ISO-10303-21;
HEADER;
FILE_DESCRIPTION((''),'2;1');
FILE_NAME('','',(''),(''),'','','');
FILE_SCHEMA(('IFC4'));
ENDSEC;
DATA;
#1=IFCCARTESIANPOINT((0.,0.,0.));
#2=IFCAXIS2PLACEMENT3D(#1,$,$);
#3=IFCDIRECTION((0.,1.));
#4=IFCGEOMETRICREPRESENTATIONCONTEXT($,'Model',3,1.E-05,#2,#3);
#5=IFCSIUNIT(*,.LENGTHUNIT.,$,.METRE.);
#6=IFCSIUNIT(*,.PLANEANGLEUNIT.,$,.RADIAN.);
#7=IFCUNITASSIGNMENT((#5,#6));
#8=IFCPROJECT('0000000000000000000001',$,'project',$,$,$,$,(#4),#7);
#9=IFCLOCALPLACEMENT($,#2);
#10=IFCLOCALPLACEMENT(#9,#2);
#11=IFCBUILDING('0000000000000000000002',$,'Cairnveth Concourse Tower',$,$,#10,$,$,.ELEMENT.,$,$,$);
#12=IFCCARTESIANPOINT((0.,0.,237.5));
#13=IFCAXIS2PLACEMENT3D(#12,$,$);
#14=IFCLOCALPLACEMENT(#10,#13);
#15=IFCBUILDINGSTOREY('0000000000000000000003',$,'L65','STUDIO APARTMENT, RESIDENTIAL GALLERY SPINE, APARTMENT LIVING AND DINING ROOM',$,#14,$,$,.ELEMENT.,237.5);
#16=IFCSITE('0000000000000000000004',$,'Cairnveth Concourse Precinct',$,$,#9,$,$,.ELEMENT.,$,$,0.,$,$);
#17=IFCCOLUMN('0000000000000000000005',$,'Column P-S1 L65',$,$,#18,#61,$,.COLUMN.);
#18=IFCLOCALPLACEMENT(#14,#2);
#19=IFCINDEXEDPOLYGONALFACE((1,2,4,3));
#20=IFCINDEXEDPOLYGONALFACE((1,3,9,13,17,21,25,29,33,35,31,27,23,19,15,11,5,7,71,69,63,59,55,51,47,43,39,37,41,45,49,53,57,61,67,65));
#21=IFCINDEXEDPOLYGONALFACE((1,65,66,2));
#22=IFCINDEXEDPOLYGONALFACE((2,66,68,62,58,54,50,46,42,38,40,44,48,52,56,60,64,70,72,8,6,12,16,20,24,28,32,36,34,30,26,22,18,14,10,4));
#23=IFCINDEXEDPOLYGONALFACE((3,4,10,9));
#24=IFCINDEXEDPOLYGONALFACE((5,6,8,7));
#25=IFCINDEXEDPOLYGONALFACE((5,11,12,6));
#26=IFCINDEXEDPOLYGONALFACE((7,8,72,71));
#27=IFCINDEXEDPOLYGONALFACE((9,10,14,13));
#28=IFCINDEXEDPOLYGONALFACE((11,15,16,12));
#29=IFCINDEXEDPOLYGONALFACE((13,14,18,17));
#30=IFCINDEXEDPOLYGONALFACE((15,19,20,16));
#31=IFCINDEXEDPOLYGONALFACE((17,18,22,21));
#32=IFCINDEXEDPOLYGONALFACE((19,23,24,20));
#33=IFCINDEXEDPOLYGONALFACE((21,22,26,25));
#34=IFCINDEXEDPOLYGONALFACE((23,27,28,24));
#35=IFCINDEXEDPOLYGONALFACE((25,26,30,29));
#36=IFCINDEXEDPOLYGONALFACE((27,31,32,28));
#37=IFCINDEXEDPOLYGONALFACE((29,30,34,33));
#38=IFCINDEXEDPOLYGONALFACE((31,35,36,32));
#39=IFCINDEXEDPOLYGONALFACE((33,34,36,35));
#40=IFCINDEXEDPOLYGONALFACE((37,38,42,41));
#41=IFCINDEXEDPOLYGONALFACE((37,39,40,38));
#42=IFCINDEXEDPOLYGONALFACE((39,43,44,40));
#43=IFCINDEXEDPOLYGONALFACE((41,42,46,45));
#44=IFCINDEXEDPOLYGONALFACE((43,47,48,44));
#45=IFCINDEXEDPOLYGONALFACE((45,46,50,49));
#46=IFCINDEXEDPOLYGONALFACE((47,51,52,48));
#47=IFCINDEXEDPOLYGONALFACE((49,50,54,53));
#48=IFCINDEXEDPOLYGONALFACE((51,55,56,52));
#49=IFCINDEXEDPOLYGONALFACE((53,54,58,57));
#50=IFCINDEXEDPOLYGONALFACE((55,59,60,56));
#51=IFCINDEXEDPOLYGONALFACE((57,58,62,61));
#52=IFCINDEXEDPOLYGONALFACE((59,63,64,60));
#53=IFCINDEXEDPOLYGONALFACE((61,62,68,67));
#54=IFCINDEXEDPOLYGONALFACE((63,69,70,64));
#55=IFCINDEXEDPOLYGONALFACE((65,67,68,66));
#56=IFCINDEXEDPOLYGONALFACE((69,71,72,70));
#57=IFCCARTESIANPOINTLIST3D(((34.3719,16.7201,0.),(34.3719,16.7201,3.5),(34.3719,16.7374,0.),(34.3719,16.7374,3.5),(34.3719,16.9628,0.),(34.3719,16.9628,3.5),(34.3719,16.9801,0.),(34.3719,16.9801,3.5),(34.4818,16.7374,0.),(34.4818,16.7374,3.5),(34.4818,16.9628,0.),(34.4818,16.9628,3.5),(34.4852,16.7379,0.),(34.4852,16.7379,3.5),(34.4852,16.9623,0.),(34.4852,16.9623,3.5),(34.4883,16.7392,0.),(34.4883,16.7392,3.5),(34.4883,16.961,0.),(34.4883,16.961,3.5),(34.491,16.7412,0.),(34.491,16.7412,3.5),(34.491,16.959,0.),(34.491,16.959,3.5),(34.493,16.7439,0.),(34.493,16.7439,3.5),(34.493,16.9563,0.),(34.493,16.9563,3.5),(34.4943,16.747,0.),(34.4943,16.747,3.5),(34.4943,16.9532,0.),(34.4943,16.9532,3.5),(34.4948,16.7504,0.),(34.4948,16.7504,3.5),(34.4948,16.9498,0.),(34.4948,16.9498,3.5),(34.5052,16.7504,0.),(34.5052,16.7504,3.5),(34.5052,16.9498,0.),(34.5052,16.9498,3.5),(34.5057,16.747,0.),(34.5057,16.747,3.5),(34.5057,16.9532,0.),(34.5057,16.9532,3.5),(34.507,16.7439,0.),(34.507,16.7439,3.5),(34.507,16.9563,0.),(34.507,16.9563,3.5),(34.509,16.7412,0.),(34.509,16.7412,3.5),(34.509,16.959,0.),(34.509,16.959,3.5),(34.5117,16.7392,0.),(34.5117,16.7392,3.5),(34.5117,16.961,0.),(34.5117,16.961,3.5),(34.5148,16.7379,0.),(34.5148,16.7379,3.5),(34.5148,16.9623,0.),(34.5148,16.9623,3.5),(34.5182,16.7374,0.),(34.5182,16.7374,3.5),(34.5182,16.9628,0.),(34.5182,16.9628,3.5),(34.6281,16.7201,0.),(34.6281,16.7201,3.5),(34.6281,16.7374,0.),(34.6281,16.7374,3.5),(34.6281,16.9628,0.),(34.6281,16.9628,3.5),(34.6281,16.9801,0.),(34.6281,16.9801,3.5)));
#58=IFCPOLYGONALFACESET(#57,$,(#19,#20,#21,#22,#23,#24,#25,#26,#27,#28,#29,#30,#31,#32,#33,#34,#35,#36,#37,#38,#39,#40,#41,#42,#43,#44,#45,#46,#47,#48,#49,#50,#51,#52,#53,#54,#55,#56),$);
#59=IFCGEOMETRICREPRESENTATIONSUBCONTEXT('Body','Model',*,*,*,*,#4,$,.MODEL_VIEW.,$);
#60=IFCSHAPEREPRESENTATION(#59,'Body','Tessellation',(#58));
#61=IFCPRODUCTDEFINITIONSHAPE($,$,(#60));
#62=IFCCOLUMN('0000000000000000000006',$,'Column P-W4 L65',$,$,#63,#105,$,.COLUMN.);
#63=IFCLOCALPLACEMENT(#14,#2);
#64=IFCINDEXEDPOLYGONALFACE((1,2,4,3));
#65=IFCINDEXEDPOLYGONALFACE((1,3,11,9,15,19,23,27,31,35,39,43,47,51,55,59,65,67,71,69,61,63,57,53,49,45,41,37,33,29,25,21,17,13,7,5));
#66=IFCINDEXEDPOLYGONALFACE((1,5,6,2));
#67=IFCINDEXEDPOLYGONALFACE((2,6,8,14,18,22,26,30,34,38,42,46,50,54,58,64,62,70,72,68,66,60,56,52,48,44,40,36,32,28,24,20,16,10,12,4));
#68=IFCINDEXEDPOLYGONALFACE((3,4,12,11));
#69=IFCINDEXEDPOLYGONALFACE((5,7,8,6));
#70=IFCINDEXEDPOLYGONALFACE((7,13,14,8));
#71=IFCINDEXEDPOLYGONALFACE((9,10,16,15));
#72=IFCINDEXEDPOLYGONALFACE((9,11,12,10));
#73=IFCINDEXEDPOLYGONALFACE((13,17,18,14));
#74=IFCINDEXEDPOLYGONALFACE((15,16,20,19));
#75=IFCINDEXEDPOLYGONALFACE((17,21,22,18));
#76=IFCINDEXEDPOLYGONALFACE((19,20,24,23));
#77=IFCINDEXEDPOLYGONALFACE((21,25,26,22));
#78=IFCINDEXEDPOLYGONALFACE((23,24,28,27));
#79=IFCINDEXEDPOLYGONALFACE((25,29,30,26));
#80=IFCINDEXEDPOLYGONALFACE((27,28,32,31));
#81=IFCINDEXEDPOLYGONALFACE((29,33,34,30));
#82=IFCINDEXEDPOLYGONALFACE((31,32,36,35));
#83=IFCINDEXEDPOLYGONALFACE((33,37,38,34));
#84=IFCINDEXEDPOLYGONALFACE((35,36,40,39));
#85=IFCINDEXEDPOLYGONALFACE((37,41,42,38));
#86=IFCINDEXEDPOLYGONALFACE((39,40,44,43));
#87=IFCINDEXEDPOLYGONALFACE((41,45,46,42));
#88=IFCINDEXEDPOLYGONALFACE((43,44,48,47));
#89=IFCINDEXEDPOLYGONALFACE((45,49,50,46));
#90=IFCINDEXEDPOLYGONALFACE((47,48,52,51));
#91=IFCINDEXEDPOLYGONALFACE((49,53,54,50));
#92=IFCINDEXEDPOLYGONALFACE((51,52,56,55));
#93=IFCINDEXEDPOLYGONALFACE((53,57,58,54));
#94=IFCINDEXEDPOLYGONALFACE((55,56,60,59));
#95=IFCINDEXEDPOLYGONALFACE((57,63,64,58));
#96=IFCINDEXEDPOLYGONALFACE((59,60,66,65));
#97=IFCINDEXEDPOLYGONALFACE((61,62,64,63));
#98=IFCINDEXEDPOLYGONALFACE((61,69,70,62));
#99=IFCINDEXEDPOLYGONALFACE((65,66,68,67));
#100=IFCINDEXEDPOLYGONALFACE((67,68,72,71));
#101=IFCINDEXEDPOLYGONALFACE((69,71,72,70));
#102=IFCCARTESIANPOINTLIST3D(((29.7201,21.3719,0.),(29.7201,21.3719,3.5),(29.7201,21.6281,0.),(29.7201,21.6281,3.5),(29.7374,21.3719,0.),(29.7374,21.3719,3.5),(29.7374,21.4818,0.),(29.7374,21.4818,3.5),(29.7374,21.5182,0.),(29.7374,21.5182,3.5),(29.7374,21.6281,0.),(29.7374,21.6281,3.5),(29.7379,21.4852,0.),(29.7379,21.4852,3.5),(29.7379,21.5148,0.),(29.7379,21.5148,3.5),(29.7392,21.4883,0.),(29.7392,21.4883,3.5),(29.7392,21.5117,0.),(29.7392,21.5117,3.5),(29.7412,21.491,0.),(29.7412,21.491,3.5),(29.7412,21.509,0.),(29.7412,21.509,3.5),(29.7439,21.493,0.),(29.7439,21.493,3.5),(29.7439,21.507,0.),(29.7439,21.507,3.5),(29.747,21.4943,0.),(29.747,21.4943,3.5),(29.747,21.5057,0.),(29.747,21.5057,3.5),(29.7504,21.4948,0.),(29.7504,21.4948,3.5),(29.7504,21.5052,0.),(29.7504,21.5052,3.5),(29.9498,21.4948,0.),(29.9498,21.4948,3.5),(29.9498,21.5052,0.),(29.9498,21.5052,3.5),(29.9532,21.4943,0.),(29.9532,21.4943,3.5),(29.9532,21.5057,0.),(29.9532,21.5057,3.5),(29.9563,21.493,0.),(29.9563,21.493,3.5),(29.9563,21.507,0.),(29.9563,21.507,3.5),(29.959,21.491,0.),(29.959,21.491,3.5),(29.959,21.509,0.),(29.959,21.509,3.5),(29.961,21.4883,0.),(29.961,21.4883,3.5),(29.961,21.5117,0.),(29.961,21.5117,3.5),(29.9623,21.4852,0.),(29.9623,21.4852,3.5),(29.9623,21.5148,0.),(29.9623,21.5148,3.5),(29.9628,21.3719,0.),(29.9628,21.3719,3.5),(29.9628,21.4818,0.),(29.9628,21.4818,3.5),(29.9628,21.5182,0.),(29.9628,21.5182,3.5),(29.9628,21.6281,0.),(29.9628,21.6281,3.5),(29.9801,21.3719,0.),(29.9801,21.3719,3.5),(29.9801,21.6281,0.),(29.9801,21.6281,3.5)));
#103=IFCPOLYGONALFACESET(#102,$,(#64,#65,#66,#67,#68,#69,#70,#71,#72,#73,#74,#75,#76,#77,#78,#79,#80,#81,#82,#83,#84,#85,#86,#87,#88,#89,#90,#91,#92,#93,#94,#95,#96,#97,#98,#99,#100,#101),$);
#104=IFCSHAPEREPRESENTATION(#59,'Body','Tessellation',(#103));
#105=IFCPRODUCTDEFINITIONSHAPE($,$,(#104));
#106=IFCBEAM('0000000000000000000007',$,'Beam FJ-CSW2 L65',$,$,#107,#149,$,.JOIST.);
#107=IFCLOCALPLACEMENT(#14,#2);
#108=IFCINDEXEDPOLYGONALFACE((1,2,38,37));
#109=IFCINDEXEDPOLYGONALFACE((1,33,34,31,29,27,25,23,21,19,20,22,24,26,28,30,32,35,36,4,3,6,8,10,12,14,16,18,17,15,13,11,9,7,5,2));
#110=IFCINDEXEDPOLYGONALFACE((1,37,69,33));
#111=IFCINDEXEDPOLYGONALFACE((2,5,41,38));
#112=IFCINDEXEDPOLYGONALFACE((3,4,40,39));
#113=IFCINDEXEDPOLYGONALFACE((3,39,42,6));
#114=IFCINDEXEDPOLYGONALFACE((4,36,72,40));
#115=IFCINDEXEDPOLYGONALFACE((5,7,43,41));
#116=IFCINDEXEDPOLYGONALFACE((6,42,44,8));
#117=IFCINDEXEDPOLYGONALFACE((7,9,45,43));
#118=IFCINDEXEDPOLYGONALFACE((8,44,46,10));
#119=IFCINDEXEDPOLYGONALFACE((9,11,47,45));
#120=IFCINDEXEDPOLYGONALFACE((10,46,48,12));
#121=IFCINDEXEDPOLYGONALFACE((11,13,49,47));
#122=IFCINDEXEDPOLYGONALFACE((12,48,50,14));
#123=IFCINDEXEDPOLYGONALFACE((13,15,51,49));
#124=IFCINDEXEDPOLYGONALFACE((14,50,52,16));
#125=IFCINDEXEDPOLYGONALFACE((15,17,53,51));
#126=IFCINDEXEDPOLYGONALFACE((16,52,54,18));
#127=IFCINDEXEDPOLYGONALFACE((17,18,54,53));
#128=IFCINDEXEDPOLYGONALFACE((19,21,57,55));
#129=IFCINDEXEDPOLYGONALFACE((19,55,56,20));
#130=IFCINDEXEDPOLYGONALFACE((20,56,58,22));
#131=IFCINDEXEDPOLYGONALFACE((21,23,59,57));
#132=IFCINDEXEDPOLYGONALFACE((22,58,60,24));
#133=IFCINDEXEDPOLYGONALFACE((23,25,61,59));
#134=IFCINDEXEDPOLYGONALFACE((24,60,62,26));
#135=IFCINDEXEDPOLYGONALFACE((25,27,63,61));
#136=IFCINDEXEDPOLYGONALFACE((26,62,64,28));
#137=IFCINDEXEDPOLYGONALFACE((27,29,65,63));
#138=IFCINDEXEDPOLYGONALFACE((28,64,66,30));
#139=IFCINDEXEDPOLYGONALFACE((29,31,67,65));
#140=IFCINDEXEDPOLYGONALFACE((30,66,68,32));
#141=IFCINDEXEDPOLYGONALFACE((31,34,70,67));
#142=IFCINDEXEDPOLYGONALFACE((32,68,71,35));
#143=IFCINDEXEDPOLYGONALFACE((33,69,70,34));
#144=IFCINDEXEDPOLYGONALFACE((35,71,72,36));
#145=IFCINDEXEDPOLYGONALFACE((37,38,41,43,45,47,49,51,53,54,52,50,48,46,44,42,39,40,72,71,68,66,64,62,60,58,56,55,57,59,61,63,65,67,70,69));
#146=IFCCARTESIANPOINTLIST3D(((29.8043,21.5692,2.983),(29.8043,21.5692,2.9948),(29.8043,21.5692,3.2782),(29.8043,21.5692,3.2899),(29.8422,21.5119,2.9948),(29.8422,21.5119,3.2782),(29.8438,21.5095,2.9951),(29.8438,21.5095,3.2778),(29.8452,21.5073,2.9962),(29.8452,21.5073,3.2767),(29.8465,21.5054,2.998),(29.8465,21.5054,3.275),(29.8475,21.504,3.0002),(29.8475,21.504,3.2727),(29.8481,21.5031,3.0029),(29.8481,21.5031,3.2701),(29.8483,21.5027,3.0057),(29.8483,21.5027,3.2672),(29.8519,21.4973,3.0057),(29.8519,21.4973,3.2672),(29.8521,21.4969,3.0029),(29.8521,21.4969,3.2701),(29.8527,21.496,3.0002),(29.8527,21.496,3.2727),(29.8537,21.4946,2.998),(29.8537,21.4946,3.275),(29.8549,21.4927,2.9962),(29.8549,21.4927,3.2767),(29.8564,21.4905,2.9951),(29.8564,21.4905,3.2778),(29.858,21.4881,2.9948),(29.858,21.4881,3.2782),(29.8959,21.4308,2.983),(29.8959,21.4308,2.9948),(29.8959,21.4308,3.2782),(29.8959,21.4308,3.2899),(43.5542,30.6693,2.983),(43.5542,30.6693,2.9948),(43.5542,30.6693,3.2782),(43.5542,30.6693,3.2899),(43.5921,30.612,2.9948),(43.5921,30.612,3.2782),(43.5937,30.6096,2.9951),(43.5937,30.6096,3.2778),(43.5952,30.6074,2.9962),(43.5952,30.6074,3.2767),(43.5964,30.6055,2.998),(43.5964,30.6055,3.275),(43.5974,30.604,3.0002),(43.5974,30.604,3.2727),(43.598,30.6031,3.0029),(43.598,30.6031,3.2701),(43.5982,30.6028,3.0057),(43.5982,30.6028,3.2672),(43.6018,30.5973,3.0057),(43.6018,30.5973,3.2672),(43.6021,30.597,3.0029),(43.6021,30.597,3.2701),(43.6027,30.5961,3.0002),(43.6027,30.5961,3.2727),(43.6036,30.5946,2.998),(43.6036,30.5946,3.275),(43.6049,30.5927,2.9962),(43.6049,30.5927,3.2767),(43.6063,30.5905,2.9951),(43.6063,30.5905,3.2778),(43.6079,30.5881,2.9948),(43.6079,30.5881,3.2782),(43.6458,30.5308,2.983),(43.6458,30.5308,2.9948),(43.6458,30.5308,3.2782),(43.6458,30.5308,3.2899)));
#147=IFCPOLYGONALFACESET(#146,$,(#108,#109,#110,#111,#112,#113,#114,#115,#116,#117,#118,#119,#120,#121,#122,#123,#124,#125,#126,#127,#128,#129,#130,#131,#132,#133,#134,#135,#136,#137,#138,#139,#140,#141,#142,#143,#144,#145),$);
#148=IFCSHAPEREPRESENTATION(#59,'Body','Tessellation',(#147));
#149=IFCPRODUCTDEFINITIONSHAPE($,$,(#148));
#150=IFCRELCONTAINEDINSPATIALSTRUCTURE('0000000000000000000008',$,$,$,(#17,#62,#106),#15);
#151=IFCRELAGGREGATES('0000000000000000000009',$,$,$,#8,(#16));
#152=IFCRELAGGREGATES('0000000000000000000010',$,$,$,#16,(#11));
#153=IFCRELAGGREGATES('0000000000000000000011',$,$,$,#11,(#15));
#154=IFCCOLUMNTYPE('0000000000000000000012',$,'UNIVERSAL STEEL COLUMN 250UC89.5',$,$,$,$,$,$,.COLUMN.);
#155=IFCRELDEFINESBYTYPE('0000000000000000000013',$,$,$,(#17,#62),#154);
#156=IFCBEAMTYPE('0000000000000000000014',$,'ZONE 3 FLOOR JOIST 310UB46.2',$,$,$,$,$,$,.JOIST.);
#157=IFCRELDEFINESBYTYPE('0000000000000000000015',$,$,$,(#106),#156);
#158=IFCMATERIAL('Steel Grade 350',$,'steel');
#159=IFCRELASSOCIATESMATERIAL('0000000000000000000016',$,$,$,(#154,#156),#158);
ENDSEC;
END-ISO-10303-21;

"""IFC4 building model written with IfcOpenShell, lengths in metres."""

from ifc_helpers import new_model, si_unit, direction, frame, origin, origin_2d, place, context, subcontext, project, spatial, i_section, extrude, material, material_profile, profile_set, type_object, element, save


model = new_model("IFC4")

# Units and contexts
model_context = context("Model", 3, precision=1e-05, world=origin(), true_north=direction((0.0, 1.0)))
body_context = subcontext(model_context, "Body", "Model", "MODEL_VIEW")
ifc_project = project(units=[si_unit("LENGTHUNIT", "METRE"), si_unit("PLANEANGLEUNIT", "RADIAN")], contexts=[model_context])

# Site, building, storey
site_placement = place(None, origin())
site = spatial("IfcSite", under=ifc_project, at=site_placement, Name="Cairnveth Concourse Precinct", CompositionType="ELEMENT", RefElevation=0.0)
building_placement = place(site_placement, origin())
building = spatial("IfcBuilding", under=site, at=building_placement, Name="Cairnveth Concourse Tower", CompositionType="ELEMENT")
storey_placement = place(building_placement, frame((0.0, 0.0, 237.5)))
storey = spatial("IfcBuildingStorey", under=building, at=storey_placement, Name="L65", Description="STUDIO APARTMENT, RESIDENTIAL GALLERY SPINE, APARTMENT LIVING AND DINING ROOM", CompositionType="ELEMENT", Elevation=237.5)

# Columns
ifc_material_1 = material(Name="Steel Grade 350", Category="steel")
ifc_material_profile_1 = material_profile(ifc_material_1, i_section(OverallWidth=0.2561, OverallDepth=0.26, WebThickness=0.0105, FlangeThickness=0.0173, FilletRadius=0.0129, at=origin_2d()), Name="250UC89.5")
ifc_profile_set_1 = profile_set([ifc_material_profile_1], Name="Steel Grade 350")
column_type = type_object("IfcColumnType", Name="UNIVERSAL STEEL COLUMN 250UC89.5", PredefinedType="COLUMN", material=ifc_profile_set_1)
for number, where, z_axis, x_axis, name in (
    (1, (34.5, 16.8501, 0.0), (0.0, 0.0, 1.0), (1.0, 0.0, 0.0), "Column P-S1 L65"),
    (2, (29.8501, 21.5, 0.0), (0.0, 0.0, 1.0), (0.0, 1.0, 0.0), "Column P-W4 L65"),
):
    element("IfcColumn", number, at=place(storey_placement, frame(where, z_axis=z_axis, x_axis=x_axis)), inside=storey, type_object=column_type, Name=name, PredefinedType="COLUMN", context=body_context, shape_type="SweptSolid", body=[
        extrude(i_section(OverallWidth=0.2561, OverallDepth=0.26, WebThickness=0.0105, FlangeThickness=0.0173, FilletRadius=0.0129, at=origin_2d()), origin(), (0.0, 0.0, 1.0), 3.5),
    ])

# Beam
ifc_material_profile_2 = material_profile(ifc_material_1, i_section(OverallWidth=0.166, OverallDepth=0.3069, WebThickness=0.0066, FlangeThickness=0.0117, FilletRadius=0.011, at=origin_2d()), Name="310UB46.2")
ifc_profile_set_2 = profile_set([ifc_material_profile_2], Name="Steel Grade 350")
beam_type_1 = type_object("IfcBeamType", Name="ZONE 3 FLOOR JOIST 310UB46.2", PredefinedType="JOIST", material=ifc_profile_set_2)
beam_1_placement = place(storey_placement, frame((29.8501, 21.5, 3.1365), z_axis=(0.833909, 0.551902, 0.0), x_axis=(-0.551902, 0.833909, 0.0)))
element("IfcBeam", 3, at=beam_1_placement, inside=storey, type_object=beam_type_1, Name="Beam FJ-CSW2 L65", PredefinedType="JOIST", context=body_context, shape_type="SweptSolid", body=[
    extrude(i_section(OverallWidth=0.166, OverallDepth=0.3069, WebThickness=0.0066, FlangeThickness=0.0117, FilletRadius=0.011, at=origin_2d()), origin(), (0.0, 0.0, 1.0), 16.4885),
])

save(model, "model.ifc")
